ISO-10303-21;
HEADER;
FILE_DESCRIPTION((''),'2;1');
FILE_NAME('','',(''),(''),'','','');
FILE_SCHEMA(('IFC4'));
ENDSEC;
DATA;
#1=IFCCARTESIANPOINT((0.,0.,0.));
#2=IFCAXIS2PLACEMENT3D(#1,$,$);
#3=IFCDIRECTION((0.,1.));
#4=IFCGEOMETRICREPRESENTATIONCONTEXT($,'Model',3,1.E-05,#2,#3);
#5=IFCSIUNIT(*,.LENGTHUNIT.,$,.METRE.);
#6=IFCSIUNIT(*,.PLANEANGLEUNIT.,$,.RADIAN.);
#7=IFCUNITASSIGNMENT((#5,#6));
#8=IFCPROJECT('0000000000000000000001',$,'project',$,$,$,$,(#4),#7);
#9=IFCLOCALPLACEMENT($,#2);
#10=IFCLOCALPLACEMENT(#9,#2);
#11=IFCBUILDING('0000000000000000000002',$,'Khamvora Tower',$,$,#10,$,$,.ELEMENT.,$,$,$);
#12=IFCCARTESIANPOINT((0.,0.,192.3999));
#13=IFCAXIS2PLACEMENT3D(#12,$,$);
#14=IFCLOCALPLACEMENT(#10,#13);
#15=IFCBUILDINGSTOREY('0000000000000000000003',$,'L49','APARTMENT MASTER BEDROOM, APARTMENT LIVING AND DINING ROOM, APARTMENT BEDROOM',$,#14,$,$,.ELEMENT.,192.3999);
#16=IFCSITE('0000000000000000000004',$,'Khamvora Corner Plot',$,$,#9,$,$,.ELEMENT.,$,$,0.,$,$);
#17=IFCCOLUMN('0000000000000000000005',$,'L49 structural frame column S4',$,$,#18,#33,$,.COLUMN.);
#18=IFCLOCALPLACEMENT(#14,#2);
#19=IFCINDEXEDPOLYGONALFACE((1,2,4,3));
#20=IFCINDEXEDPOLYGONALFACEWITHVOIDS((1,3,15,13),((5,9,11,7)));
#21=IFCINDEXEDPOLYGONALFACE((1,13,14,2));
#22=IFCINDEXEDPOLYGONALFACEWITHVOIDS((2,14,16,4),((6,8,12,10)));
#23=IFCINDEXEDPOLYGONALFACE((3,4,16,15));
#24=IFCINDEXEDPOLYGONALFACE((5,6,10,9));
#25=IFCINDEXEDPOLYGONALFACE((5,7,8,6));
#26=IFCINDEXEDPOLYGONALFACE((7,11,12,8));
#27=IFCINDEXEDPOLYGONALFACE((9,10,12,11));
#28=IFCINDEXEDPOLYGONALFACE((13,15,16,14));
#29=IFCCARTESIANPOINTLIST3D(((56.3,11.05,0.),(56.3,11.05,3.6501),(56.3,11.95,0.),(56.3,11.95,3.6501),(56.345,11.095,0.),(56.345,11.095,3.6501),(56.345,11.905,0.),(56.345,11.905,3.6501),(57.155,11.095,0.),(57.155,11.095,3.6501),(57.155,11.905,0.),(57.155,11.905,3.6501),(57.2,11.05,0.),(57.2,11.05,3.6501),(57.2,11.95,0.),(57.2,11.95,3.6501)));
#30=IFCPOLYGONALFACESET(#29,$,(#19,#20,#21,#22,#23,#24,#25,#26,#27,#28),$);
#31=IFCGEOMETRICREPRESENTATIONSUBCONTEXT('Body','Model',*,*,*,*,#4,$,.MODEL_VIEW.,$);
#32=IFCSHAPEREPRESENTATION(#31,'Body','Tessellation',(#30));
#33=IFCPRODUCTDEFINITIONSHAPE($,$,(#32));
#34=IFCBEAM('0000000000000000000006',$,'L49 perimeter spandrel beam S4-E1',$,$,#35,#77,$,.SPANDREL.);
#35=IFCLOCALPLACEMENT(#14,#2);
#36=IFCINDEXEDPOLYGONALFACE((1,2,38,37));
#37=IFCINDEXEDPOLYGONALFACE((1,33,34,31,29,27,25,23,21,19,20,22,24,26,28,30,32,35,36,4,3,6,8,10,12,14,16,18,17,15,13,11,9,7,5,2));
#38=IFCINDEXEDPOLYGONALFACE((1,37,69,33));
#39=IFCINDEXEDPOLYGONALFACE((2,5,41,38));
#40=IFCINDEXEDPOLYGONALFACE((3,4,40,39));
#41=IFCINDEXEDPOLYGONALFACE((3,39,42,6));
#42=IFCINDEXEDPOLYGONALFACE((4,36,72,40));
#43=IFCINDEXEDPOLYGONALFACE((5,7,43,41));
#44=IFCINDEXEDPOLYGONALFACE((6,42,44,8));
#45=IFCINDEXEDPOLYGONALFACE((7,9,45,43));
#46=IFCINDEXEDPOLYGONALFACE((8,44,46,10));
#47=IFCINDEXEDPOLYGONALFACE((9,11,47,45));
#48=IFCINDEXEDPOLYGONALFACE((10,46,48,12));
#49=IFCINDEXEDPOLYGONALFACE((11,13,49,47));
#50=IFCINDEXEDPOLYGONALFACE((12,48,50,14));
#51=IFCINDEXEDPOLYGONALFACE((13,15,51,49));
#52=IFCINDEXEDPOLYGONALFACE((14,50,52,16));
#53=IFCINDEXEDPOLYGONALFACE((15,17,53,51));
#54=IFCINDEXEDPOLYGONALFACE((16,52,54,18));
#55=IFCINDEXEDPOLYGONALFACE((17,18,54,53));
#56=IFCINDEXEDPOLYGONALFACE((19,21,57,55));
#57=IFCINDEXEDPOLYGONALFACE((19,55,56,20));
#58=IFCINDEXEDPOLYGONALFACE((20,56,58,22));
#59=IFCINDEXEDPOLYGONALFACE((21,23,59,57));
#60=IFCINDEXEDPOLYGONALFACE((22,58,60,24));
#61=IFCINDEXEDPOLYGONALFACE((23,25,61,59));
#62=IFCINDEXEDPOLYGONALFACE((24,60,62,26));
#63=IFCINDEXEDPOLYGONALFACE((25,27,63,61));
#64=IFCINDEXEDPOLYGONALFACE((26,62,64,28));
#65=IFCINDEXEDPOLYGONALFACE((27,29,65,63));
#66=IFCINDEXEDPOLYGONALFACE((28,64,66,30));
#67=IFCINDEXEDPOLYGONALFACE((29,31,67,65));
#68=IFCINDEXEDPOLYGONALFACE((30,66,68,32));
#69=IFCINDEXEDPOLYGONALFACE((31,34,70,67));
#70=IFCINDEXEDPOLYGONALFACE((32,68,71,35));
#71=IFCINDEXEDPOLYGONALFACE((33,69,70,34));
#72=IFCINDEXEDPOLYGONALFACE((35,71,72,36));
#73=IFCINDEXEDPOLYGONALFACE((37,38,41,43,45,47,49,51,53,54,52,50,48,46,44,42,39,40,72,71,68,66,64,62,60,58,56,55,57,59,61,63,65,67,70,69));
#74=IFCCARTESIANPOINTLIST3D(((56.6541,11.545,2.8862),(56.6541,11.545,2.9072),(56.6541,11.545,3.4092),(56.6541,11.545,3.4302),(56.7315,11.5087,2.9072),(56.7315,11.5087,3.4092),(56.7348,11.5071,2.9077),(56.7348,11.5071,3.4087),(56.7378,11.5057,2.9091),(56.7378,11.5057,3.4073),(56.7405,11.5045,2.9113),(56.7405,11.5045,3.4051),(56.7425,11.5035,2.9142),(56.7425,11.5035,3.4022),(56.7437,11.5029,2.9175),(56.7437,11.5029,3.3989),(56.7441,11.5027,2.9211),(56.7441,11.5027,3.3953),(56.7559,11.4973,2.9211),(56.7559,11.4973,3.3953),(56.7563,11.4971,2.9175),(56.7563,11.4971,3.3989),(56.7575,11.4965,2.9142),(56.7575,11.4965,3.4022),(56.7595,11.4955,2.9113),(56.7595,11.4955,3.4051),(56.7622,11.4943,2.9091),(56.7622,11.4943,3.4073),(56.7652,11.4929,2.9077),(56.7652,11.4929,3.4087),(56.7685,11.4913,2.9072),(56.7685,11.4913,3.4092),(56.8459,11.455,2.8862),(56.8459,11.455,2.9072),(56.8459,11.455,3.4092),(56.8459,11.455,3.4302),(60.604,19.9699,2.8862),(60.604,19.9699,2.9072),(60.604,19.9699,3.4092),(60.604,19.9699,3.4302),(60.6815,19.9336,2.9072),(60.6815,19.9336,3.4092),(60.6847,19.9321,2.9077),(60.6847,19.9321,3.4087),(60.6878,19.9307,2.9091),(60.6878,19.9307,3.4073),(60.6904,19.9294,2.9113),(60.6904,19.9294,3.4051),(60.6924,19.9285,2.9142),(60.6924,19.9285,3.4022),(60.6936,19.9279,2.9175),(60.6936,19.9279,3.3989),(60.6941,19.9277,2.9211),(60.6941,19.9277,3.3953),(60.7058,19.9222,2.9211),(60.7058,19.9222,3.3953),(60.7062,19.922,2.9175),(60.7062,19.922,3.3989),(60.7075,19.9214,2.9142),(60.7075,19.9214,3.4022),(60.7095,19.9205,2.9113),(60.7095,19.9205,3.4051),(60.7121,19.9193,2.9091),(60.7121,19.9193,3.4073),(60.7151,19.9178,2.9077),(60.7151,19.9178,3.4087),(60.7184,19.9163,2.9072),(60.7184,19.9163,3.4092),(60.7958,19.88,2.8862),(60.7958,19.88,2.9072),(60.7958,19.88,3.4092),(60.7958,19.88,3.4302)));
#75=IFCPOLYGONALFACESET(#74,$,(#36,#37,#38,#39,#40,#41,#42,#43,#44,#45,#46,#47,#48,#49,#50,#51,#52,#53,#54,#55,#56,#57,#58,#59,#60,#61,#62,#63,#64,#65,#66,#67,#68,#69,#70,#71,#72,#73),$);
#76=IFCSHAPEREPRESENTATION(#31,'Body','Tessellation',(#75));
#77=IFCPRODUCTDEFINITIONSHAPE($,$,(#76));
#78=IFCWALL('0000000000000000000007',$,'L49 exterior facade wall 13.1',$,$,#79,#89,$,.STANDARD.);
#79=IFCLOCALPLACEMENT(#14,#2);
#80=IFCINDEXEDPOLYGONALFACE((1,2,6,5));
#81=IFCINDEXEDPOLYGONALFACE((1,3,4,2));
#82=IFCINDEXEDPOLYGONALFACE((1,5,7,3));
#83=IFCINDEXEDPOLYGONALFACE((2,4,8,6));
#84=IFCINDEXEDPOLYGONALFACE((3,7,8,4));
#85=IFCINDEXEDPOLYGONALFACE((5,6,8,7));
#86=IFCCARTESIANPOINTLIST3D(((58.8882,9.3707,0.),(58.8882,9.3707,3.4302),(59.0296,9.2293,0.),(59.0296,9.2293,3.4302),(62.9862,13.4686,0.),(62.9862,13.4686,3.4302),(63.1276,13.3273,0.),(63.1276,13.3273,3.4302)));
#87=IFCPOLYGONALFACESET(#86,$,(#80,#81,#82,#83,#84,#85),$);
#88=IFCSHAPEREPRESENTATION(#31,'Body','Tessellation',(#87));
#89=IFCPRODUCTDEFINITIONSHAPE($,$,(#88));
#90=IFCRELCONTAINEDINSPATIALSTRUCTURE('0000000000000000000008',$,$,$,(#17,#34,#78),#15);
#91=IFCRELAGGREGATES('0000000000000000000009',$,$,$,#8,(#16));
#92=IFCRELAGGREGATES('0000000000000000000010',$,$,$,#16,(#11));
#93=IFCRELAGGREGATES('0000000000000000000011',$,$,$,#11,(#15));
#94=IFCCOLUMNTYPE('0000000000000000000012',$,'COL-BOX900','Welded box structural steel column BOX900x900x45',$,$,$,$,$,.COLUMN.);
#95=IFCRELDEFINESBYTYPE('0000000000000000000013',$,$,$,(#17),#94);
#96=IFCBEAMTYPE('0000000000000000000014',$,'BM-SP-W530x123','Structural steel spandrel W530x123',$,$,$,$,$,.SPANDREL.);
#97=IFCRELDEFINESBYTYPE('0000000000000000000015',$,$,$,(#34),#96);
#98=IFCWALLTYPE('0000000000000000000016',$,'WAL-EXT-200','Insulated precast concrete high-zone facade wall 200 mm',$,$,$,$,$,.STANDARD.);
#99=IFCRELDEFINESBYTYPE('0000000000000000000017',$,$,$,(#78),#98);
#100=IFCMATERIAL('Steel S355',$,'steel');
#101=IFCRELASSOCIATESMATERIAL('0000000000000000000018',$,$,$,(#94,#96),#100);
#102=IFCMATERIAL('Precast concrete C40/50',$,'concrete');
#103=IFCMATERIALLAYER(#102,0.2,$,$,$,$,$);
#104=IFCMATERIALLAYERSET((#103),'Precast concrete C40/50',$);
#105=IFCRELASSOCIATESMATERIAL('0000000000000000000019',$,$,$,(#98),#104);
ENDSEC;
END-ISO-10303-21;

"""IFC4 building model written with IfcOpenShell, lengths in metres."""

from ifc_helpers import new_model, si_unit, direction, frame, frame_2d, origin, origin_2d, place, context, subcontext, project, spatial, rectangle, hollow_rectangle, i_section, extrude, material, layer, layer_set, material_profile, profile_set, type_object, element, save


model = new_model("IFC4")

# Units and contexts
model_context = context("Model", 3, precision=1e-05, world=origin(), true_north=direction((0.0, 1.0)))
body_context = subcontext(model_context, "Body", "Model", "MODEL_VIEW")
ifc_project = project(units=[si_unit("LENGTHUNIT", "METRE"), si_unit("PLANEANGLEUNIT", "RADIAN")], contexts=[model_context])

# Site, building, storey
site_placement = place(None, origin())
site = spatial("IfcSite", under=ifc_project, at=site_placement, Name="Khamvora Corner Plot", CompositionType="ELEMENT", RefElevation=0.0)
building_placement = place(site_placement, origin())
building = spatial("IfcBuilding", under=site, at=building_placement, Name="Khamvora Tower", CompositionType="ELEMENT")
storey_placement = place(building_placement, frame((0.0, 0.0, 192.3999)))
storey = spatial("IfcBuildingStorey", under=building, at=storey_placement, Name="L49", Description="APARTMENT MASTER BEDROOM, APARTMENT LIVING AND DINING ROOM, APARTMENT BEDROOM", CompositionType="ELEMENT", Elevation=192.3999)

# Column
ifc_material_1 = material(Name="Steel S355", Category="steel")
ifc_material_profile_1 = material_profile(ifc_material_1, hollow_rectangle(XDim=0.8999, YDim=0.8999, WallThickness=0.0449, at=origin_2d()), Name="BOX900x900x45")
ifc_profile_set_1 = profile_set([ifc_material_profile_1], Name="Steel S355")
column_type = type_object("IfcColumnType", Name="COL-BOX900", Description="Welded box structural steel column BOX900x900x45", PredefinedType="COLUMN", material=ifc_profile_set_1)
column_placement = place(storey_placement, frame((56.75, 11.5, 0.0), z_axis=(0.0, 0.0, 1.0), x_axis=(1.0, 0.0, 0.0)))
element("IfcColumn", 1, at=column_placement, inside=storey, type_object=column_type, Name="L49 structural frame column S4", PredefinedType="COLUMN", context=body_context, shape_type="SweptSolid", body=[
    extrude(hollow_rectangle(XDim=0.8999, YDim=0.8999, WallThickness=0.0449, at=origin_2d()), origin(), (0.0, 0.0, 1.0), 3.6501),
])

# Beam
ifc_material_profile_2 = material_profile(ifc_material_1, i_section(OverallWidth=0.2119, OverallDepth=0.5439, WebThickness=0.0129, FlangeThickness=0.021, FilletRadius=0.0139, at=origin_2d()), Name="W530x123")
ifc_profile_set_2 = profile_set([ifc_material_profile_2], Name="Steel S355")
beam_type = type_object("IfcBeamType", Name="BM-SP-W530x123", Description="Structural steel spandrel W530x123", PredefinedType="SPANDREL", material=ifc_profile_set_2)
beam_placement = place(storey_placement, frame((56.75, 11.5, 3.1582), z_axis=(0.424496, 0.90543, 0.0), x_axis=(-0.90543, 0.424496, 0.0)))
element("IfcBeam", 2, at=beam_placement, inside=storey, type_object=beam_type, Name="L49 perimeter spandrel beam S4-E1", PredefinedType="SPANDREL", context=body_context, shape_type="SweptSolid", body=[
    extrude(i_section(OverallWidth=0.2119, OverallDepth=0.5439, WebThickness=0.0129, FlangeThickness=0.021, FilletRadius=0.0139, at=origin_2d()), origin(), (0.0, 0.0, 1.0), 9.3049),
])

# Wall
ifc_material_2 = material(Name="Precast concrete C40/50", Category="concrete")
ifc_layer_1 = layer(ifc_material_2, 0.2)
ifc_layer_set_1 = layer_set([ifc_layer_1], Name="Precast concrete C40/50")
wall_type_1 = type_object("IfcWallType", Name="WAL-EXT-200", Description="Insulated precast concrete high-zone facade wall 200 mm", PredefinedType="STANDARD", material=ifc_layer_set_1)
wall_1_placement = place(storey_placement, frame((63.0569, 13.3979, 0.0), z_axis=(0.0, 0.0, 1.0), x_axis=(-0.707107, -0.707107, 0.0)))
element("IfcWall", 3, at=wall_1_placement, inside=storey, type_object=wall_type_1, Name="L49 exterior facade wall 13.1", PredefinedType="STANDARD", context=body_context, shape_type="SweptSolid", body=[
    extrude(rectangle(XDim=5.7954, YDim=0.2, at=frame_2d((2.8977, 0.0))), origin(), (0.0, 0.0, 1.0), 3.4302),
])

save(model, "model.ifc")
